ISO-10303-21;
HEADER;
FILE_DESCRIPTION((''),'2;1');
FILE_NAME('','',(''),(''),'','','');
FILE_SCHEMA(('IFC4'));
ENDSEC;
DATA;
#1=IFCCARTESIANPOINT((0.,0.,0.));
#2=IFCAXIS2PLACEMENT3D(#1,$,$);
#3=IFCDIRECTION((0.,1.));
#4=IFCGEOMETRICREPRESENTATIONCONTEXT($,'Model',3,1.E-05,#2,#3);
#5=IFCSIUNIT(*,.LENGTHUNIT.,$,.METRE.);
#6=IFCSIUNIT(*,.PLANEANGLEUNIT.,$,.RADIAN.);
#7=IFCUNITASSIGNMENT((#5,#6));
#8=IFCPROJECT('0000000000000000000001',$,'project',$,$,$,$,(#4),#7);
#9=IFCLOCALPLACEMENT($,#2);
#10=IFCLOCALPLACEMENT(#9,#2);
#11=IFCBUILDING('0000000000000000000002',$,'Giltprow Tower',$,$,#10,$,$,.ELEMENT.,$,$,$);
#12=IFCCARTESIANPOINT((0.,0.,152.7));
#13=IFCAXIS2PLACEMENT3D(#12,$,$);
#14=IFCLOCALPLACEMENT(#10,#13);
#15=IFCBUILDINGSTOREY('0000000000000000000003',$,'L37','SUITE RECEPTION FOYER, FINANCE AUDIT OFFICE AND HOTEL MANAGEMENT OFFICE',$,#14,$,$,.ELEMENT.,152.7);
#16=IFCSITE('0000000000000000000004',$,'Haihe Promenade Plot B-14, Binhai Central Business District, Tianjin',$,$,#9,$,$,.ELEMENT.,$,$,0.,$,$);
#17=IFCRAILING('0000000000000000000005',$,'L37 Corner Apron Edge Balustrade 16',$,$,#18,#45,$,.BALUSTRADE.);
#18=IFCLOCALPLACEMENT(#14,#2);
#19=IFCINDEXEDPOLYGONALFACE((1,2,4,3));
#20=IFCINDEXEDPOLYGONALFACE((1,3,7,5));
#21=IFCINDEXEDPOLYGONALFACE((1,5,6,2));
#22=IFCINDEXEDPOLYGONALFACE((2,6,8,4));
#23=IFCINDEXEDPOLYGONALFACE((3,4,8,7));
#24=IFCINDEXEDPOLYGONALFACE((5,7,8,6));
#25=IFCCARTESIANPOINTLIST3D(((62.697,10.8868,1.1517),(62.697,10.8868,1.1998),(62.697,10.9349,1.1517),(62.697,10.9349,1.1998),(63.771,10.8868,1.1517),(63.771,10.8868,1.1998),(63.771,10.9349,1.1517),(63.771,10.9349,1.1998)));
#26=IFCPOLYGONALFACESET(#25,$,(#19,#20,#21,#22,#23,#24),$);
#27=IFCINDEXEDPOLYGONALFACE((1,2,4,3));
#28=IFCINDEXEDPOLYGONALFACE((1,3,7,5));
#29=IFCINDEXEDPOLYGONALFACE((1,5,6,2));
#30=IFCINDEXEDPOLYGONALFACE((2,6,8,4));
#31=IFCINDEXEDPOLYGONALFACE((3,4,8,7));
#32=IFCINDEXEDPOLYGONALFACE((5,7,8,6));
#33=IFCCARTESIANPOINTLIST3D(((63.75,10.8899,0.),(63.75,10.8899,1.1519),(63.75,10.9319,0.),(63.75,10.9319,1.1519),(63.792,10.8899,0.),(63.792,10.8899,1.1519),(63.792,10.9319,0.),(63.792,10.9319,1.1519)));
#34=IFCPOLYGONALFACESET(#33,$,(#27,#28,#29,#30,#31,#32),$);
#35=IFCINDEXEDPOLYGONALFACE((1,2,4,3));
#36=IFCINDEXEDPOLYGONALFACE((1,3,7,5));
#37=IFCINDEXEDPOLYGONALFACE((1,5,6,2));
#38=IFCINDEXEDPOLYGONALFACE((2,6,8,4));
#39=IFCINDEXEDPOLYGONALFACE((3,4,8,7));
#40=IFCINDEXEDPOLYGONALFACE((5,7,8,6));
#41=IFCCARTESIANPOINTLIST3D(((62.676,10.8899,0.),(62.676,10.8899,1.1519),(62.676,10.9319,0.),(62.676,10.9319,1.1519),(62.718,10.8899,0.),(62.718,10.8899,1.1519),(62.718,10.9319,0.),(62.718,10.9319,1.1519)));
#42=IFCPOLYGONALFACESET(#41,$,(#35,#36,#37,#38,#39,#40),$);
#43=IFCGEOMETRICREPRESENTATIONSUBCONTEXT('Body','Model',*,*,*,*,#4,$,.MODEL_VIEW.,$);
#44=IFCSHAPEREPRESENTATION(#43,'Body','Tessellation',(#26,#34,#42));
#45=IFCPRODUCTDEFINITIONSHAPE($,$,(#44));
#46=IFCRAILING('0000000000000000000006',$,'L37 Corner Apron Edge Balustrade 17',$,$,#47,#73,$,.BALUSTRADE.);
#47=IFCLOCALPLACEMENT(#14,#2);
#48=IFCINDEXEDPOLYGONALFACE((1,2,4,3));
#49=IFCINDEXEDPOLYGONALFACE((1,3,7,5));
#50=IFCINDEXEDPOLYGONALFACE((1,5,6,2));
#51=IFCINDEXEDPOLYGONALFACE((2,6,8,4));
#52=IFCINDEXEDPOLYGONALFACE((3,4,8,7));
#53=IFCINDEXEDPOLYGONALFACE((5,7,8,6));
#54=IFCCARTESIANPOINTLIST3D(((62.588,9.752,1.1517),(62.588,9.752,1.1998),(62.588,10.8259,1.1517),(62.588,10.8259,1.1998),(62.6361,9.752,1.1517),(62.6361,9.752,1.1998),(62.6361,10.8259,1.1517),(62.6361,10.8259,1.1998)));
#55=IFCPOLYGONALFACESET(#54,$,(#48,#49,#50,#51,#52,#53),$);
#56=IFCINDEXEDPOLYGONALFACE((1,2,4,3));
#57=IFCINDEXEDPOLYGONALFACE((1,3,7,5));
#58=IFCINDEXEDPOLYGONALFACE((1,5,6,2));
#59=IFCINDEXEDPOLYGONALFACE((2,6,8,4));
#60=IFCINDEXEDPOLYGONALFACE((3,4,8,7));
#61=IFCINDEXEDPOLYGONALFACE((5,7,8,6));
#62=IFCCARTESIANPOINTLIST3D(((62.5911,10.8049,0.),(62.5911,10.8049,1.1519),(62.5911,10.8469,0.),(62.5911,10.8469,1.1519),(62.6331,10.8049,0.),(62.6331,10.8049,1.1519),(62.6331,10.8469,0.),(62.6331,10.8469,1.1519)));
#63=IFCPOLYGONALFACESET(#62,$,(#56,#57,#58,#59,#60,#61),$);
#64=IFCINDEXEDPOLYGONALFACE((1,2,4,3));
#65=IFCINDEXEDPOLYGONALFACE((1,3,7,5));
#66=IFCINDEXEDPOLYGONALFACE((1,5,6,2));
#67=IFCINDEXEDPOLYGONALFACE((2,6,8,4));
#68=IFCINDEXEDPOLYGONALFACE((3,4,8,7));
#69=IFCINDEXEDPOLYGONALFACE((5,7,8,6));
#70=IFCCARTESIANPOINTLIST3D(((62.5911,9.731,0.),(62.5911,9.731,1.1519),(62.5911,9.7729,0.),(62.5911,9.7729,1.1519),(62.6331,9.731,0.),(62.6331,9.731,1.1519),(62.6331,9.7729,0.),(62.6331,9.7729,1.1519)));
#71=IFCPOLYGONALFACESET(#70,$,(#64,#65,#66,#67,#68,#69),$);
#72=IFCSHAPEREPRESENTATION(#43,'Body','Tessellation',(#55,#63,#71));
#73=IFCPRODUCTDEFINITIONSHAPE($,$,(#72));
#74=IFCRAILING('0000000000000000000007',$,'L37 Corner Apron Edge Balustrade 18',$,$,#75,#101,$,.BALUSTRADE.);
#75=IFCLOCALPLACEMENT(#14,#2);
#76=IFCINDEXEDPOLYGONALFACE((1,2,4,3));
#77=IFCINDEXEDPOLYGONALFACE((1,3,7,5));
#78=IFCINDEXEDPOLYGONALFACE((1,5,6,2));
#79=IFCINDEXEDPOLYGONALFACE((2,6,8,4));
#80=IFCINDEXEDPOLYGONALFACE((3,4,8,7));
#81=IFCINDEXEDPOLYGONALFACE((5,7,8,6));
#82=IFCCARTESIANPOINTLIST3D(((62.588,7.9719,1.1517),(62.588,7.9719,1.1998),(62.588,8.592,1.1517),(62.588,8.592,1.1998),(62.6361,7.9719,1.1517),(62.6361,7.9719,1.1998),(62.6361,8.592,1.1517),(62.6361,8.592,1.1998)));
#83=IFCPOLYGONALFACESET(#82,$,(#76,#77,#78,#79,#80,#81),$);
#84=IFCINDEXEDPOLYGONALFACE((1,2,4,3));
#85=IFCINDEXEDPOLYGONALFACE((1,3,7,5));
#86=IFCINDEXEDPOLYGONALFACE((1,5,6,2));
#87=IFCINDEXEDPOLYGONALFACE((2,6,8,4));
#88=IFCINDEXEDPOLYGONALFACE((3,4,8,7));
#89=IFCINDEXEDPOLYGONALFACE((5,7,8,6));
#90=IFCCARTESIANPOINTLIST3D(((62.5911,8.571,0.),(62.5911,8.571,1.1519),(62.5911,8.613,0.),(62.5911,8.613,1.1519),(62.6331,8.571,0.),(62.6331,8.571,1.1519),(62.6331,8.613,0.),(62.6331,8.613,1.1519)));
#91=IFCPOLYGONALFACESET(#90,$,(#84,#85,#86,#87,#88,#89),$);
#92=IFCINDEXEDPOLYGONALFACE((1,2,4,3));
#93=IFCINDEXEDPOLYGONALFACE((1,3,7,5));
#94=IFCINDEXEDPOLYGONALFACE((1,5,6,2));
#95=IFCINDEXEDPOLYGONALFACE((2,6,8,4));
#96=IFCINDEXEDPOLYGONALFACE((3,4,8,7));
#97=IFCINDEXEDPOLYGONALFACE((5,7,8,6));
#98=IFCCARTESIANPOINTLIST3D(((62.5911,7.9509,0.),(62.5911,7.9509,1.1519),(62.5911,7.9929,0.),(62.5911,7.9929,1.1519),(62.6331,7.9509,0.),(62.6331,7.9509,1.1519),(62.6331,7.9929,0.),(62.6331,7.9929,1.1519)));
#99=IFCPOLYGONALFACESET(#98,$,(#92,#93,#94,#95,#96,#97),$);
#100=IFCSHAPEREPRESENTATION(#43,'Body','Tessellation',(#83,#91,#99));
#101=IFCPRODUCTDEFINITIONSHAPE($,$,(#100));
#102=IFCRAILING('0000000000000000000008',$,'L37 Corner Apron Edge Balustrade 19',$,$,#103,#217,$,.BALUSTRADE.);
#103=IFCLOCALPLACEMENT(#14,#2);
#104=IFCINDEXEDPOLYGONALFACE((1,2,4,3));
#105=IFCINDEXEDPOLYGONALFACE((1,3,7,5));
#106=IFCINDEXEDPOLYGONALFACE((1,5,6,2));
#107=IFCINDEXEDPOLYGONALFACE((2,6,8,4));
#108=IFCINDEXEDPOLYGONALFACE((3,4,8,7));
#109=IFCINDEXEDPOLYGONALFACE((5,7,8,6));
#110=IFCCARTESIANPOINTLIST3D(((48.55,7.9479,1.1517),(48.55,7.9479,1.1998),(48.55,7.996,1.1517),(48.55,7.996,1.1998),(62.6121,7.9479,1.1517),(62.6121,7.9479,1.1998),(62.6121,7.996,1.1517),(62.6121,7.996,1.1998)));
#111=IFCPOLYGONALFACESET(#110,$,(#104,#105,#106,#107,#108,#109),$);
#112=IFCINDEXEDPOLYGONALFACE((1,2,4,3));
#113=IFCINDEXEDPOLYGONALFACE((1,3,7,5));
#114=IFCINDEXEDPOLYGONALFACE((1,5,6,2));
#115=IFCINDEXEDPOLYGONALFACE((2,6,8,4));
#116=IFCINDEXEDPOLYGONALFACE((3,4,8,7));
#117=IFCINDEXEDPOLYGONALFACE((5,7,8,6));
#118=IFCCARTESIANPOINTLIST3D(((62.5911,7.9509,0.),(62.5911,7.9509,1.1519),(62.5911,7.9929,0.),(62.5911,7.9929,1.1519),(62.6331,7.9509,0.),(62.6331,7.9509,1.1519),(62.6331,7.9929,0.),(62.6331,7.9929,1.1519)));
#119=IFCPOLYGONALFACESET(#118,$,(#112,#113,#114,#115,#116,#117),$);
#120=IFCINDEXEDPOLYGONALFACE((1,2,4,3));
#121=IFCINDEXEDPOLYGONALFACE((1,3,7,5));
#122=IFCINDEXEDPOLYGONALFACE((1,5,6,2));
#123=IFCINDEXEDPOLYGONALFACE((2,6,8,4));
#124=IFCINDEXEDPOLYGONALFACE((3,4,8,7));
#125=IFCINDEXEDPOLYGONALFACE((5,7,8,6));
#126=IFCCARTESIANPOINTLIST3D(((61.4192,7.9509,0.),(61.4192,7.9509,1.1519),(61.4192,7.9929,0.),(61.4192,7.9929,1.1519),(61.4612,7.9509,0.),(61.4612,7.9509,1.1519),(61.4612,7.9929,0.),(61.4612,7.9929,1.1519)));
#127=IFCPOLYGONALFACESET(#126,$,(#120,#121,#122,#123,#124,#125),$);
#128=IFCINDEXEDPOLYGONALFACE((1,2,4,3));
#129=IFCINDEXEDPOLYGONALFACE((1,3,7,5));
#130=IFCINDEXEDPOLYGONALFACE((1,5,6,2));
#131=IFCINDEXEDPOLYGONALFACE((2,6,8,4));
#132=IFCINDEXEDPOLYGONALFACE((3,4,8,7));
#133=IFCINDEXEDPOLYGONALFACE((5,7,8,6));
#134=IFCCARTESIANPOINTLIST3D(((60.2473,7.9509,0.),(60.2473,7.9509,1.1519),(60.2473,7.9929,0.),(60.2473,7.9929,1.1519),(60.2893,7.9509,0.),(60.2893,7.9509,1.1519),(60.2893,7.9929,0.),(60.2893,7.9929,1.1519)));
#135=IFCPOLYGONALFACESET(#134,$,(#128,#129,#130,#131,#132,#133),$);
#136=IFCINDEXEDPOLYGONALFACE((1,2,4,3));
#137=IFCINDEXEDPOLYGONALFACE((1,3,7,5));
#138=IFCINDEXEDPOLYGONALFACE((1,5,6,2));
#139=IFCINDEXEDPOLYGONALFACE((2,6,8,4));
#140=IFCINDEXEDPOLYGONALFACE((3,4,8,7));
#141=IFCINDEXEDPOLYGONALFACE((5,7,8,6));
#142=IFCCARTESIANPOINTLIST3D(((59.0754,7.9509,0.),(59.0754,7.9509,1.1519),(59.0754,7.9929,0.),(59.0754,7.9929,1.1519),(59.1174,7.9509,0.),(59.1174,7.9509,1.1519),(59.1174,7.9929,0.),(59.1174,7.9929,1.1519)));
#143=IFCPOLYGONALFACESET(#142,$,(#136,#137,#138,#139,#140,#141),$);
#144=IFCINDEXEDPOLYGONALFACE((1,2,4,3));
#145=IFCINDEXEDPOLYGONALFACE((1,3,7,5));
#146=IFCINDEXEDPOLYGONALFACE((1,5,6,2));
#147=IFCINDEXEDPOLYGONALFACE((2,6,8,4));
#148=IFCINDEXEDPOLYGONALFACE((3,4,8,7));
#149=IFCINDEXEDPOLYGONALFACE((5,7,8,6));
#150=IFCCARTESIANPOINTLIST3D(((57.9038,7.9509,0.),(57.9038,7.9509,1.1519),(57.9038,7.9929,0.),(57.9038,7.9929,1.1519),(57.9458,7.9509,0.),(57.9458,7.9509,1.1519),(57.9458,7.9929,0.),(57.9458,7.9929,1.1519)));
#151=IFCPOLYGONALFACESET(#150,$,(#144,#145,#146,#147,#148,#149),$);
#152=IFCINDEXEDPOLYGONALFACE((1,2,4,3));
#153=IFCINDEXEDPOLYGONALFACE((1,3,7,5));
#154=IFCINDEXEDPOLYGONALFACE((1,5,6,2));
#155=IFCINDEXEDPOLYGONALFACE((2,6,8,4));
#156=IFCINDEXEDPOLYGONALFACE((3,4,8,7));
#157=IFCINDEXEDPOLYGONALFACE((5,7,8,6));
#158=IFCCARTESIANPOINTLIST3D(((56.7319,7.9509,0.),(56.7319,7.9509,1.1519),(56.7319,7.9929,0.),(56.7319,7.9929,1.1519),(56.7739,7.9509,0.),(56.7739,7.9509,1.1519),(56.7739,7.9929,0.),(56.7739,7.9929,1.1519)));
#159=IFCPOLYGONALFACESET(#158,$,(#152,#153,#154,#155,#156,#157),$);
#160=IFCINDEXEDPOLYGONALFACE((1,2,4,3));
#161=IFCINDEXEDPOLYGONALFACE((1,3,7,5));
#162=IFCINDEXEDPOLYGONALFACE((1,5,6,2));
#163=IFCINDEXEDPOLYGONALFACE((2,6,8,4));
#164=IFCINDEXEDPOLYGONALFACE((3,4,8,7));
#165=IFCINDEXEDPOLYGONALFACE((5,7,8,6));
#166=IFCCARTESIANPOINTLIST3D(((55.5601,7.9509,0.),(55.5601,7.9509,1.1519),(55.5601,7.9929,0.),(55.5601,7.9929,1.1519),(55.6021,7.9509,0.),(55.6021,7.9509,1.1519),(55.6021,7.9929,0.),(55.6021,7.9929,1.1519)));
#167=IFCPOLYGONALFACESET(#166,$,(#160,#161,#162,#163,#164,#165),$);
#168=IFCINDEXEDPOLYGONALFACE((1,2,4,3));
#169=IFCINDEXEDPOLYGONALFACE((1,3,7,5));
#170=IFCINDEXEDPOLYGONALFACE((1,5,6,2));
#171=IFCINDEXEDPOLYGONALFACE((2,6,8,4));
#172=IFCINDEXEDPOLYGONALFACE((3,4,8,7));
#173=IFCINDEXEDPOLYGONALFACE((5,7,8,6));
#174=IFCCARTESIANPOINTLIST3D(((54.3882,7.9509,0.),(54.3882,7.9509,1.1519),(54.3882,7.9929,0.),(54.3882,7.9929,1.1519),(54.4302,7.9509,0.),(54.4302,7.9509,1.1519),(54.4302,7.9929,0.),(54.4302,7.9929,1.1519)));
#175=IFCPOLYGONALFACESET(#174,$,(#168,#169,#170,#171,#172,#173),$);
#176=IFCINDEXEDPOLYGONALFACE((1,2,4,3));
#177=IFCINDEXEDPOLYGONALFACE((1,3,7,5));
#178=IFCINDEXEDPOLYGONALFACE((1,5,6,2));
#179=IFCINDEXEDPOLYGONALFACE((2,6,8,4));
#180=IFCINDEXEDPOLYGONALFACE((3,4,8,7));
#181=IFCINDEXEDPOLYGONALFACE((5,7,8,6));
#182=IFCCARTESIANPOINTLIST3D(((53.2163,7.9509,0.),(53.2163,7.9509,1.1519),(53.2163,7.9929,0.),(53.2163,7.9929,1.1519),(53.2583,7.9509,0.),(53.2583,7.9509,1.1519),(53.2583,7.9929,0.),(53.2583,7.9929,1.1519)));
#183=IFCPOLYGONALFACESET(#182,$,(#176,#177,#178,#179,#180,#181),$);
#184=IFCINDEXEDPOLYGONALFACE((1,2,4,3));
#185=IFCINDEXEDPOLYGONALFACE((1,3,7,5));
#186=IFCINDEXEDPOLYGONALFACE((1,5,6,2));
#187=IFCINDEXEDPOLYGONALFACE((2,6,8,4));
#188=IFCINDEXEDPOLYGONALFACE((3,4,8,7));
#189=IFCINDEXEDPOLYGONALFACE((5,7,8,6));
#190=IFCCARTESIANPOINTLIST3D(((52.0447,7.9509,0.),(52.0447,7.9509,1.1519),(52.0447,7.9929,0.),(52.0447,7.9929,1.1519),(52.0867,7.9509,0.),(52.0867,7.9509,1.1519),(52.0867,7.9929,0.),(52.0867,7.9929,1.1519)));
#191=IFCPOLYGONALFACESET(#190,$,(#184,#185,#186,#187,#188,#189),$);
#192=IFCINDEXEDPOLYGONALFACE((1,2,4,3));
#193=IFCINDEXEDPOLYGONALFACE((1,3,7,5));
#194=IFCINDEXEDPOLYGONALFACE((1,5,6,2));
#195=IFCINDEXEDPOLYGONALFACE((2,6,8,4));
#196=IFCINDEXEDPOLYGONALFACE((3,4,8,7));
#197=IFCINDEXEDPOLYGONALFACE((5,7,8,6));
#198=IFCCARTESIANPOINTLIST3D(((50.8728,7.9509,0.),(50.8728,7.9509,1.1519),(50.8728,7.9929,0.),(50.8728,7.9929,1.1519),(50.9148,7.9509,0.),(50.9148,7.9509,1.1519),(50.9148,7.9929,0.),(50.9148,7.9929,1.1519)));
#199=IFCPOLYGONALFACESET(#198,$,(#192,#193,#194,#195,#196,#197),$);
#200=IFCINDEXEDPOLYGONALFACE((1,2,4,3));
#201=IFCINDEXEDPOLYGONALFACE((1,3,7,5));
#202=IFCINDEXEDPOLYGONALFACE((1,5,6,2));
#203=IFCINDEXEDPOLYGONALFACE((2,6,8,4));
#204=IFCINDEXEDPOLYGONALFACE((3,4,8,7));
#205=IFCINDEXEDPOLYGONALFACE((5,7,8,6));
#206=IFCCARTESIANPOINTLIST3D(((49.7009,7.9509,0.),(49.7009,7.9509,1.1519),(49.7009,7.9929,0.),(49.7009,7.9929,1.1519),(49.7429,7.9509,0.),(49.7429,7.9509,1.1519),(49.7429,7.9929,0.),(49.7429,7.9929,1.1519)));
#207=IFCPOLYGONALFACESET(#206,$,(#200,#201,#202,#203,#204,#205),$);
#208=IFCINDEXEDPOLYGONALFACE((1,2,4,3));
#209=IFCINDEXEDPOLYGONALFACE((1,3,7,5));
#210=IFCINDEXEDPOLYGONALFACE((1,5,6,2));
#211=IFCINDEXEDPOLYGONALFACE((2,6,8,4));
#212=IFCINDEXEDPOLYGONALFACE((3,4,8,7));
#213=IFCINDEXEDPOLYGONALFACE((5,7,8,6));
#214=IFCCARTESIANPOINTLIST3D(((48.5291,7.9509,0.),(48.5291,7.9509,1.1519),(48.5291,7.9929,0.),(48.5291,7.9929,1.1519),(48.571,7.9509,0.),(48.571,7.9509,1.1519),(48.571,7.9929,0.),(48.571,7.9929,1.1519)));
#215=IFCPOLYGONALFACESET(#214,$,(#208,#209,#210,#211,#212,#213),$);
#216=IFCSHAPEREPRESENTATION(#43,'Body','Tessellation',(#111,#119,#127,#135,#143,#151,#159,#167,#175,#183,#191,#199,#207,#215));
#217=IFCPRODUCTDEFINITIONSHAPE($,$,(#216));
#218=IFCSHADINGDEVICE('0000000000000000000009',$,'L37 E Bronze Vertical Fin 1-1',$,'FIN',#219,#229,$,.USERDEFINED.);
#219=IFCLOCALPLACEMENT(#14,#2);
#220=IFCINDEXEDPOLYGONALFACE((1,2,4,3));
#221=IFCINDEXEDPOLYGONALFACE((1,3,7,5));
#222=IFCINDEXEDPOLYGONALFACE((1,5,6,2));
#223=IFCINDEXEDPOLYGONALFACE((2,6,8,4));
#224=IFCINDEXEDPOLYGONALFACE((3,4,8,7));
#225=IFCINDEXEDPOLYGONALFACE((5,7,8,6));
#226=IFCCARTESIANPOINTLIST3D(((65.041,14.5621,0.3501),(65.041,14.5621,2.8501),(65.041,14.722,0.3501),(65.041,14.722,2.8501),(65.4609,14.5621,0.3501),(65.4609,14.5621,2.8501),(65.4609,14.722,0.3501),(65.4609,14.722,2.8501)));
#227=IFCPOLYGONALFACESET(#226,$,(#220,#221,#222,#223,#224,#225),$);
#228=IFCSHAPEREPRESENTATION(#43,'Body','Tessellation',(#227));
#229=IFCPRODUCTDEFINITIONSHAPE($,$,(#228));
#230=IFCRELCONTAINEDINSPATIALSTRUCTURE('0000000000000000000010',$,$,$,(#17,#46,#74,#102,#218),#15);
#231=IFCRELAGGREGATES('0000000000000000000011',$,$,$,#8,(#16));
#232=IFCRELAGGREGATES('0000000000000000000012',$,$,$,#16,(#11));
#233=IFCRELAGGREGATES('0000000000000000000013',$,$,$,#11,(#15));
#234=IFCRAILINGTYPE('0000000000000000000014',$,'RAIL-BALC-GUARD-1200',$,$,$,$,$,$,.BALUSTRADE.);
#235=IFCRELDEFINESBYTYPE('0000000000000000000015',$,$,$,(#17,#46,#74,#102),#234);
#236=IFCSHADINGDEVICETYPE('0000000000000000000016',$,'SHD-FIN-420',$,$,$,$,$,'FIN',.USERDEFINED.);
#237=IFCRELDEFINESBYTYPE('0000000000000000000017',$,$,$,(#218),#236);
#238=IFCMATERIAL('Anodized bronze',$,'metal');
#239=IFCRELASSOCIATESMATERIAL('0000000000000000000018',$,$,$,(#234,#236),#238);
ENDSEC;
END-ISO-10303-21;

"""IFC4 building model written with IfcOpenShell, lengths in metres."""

from ifc_helpers import new_model, si_unit, direction, frame, origin, origin_2d, place, context, subcontext, project, spatial, rectangle, extrude, source, transform, mapped, material, type_object, element, save


model = new_model("IFC4")

# Units and contexts
model_context = context("Model", 3, precision=1e-05, world=origin(), true_north=direction((0.0, 1.0)))
body_context = subcontext(model_context, "Body", "Model", "MODEL_VIEW")
ifc_project = project(units=[si_unit("LENGTHUNIT", "METRE"), si_unit("PLANEANGLEUNIT", "RADIAN")], contexts=[model_context])

# Site, building, storey
site_placement = place(None, origin())
site = spatial("IfcSite", under=ifc_project, at=site_placement, Name="Haihe Promenade Plot B-14, Binhai Central Business District, Tianjin", CompositionType="ELEMENT", RefElevation=0.0)
building_placement = place(site_placement, origin())
building = spatial("IfcBuilding", under=site, at=building_placement, Name="Giltprow Tower", CompositionType="ELEMENT")
storey_placement = place(building_placement, frame((0.0, 0.0, 152.7)))
storey = spatial("IfcBuildingStorey", under=building, at=storey_placement, Name="L37", Description="SUITE RECEPTION FOYER, FINANCE AUDIT OFFICE AND HOTEL MANAGEMENT OFFICE", CompositionType="ELEMENT", Elevation=152.7)

# Shared definitions
ifc_material_1 = material(Name="Anodized bronze", Category="metal")

# Railings
railing_type = type_object("IfcRailingType", Name="RAIL-BALC-GUARD-1200", PredefinedType="BALUSTRADE", material=ifc_material_1)
railing_1_placement = place(storey_placement, frame((63.771, 10.9109, 0.0)))
element("IfcRailing", 1, at=railing_1_placement, inside=storey, type_object=railing_type, Name="L37 Corner Apron Edge Balustrade 16", PredefinedType="BALUSTRADE", context=body_context, shape_type="SweptSolid", body=[
    extrude(rectangle(XDim=0.0481, YDim=0.0481, at=origin_2d()), frame((0.0, 0.0, 1.1758), z_axis=(-1.0, 0.0, 0.0), x_axis=(0.0, -1.0, 0.0)), (0.0, 0.0, 1.0), 1.074),
    extrude(rectangle(XDim=0.042, YDim=0.042, at=origin_2d()), origin(), (0.0, 0.0, 1.0), 1.1519),
    extrude(rectangle(XDim=0.042, YDim=0.042, at=origin_2d()), frame((-1.074, 0.0, 0.0)), (0.0, 0.0, 1.0), 1.1519),
])
railing_2_placement = place(storey_placement, frame((62.6121, 10.8259, 0.0)))
element("IfcRailing", 2, at=railing_2_placement, inside=storey, type_object=railing_type, Name="L37 Corner Apron Edge Balustrade 17", PredefinedType="BALUSTRADE", context=body_context, shape_type="SweptSolid", body=[
    extrude(rectangle(XDim=0.0481, YDim=0.0481, at=origin_2d()), frame((0.0, 0.0, 1.1758), z_axis=(0.0, -1.0, 0.0), x_axis=(1.0, 0.0, 0.0)), (0.0, 0.0, 1.0), 1.074),
    extrude(rectangle(XDim=0.042, YDim=0.042, at=origin_2d()), origin(), (0.0, 0.0, 1.0), 1.1519),
    extrude(rectangle(XDim=0.042, YDim=0.042, at=origin_2d()), frame((0.0, -1.074, 0.0)), (0.0, 0.0, 1.0), 1.1519),
])
railing_3_placement = place(storey_placement, frame((62.6121, 8.592, 0.0)))
element("IfcRailing", 3, at=railing_3_placement, inside=storey, type_object=railing_type, Name="L37 Corner Apron Edge Balustrade 18", PredefinedType="BALUSTRADE", context=body_context, shape_type="SweptSolid", body=[
    extrude(rectangle(XDim=0.0481, YDim=0.0481, at=origin_2d()), frame((0.0, 0.0, 1.1758), z_axis=(0.0, -1.0, 0.0), x_axis=(1.0, 0.0, 0.0)), (0.0, 0.0, 1.0), 0.6201),
    extrude(rectangle(XDim=0.042, YDim=0.042, at=origin_2d()), origin(), (0.0, 0.0, 1.0), 1.1519),
    extrude(rectangle(XDim=0.042, YDim=0.042, at=origin_2d()), frame((0.0, -0.6201, 0.0)), (0.0, 0.0, 1.0), 1.1519),
])
railing_4_placement = place(storey_placement, frame((62.6121, 7.9719, 0.0)))
element("IfcRailing", 4, at=railing_4_placement, inside=storey, type_object=railing_type, Name="L37 Corner Apron Edge Balustrade 19", PredefinedType="BALUSTRADE", context=body_context, shape_type="SweptSolid", body=[
    extrude(rectangle(XDim=0.0481, YDim=0.0481, at=origin_2d()), frame((0.0, 0.0, 1.1758), z_axis=(-1.0, 0.0, 0.0), x_axis=(0.0, -1.0, 0.0)), (0.0, 0.0, 1.0), 14.062),
    extrude(rectangle(XDim=0.042, YDim=0.042, at=origin_2d()), origin(), (0.0, 0.0, 1.0), 1.1519),
    extrude(rectangle(XDim=0.042, YDim=0.042, at=origin_2d()), frame((-1.1719, 0.0, 0.0)), (0.0, 0.0, 1.0), 1.1519),
    extrude(rectangle(XDim=0.042, YDim=0.042, at=origin_2d()), frame((-2.3438, 0.0, 0.0)), (0.0, 0.0, 1.0), 1.1519),
    extrude(rectangle(XDim=0.042, YDim=0.042, at=origin_2d()), frame((-3.5156, 0.0, 0.0)), (0.0, 0.0, 1.0), 1.1519),
    extrude(rectangle(XDim=0.042, YDim=0.042, at=origin_2d()), frame((-4.6873, 0.0, 0.0)), (0.0, 0.0, 1.0), 1.1519),
    extrude(rectangle(XDim=0.042, YDim=0.042, at=origin_2d()), frame((-5.8591, 0.0, 0.0)), (0.0, 0.0, 1.0), 1.1519),
    extrude(rectangle(XDim=0.042, YDim=0.042, at=origin_2d()), frame((-7.031, 0.0, 0.0)), (0.0, 0.0, 1.0), 1.1519),
    extrude(rectangle(XDim=0.042, YDim=0.042, at=origin_2d()), frame((-8.2029, 0.0, 0.0)), (0.0, 0.0, 1.0), 1.1519),
    extrude(rectangle(XDim=0.042, YDim=0.042, at=origin_2d()), frame((-9.3748, 0.0, 0.0)), (0.0, 0.0, 1.0), 1.1519),
    extrude(rectangle(XDim=0.042, YDim=0.042, at=origin_2d()), frame((-10.5464, 0.0, 0.0)), (0.0, 0.0, 1.0), 1.1519),
    extrude(rectangle(XDim=0.042, YDim=0.042, at=origin_2d()), frame((-11.7183, 0.0, 0.0)), (0.0, 0.0, 1.0), 1.1519),
    extrude(rectangle(XDim=0.042, YDim=0.042, at=origin_2d()), frame((-12.8901, 0.0, 0.0)), (0.0, 0.0, 1.0), 1.1519),
    extrude(rectangle(XDim=0.042, YDim=0.042, at=origin_2d()), frame((-14.062, 0.0, 0.0)), (0.0, 0.0, 1.0), 1.1519),
])

# Shading device
shading_device_type = type_object("IfcShadingDeviceType", Name="SHD-FIN-420", ElementType="FIN", PredefinedType="USERDEFINED", material=ifc_material_1)
shared_shape_1 = source(origin(), body_context, "Body", "SweptSolid", [
    extrude(rectangle(XDim=0.4199, YDim=0.1599, at=origin_2d()), origin(), (0.0, 0.0, 1.0), 2.5),
])
shading_device_placement = place(storey_placement, frame((65.251, 14.6421, 0.3501), z_axis=(0.0, 0.0, 1.0), x_axis=(1.0, 0.0, 0.0)))
element("IfcShadingDevice", 5, at=shading_device_placement, inside=storey, type_object=shading_device_type, Name="L37 E Bronze Vertical Fin 1-1", ObjectType="FIN", PredefinedType="USERDEFINED", context=body_context, shape_type="MappedRepresentation", body=[
    mapped(shared_shape_1, transform((0.0, 0.0, 0.0), x_axis=(1.0, 0.0, 0.0), y_axis=(0.0, 1.0, 0.0), z_axis=(0.0, 0.0, 1.0), scale=1.0)),
])

save(model, "model.ifc")
